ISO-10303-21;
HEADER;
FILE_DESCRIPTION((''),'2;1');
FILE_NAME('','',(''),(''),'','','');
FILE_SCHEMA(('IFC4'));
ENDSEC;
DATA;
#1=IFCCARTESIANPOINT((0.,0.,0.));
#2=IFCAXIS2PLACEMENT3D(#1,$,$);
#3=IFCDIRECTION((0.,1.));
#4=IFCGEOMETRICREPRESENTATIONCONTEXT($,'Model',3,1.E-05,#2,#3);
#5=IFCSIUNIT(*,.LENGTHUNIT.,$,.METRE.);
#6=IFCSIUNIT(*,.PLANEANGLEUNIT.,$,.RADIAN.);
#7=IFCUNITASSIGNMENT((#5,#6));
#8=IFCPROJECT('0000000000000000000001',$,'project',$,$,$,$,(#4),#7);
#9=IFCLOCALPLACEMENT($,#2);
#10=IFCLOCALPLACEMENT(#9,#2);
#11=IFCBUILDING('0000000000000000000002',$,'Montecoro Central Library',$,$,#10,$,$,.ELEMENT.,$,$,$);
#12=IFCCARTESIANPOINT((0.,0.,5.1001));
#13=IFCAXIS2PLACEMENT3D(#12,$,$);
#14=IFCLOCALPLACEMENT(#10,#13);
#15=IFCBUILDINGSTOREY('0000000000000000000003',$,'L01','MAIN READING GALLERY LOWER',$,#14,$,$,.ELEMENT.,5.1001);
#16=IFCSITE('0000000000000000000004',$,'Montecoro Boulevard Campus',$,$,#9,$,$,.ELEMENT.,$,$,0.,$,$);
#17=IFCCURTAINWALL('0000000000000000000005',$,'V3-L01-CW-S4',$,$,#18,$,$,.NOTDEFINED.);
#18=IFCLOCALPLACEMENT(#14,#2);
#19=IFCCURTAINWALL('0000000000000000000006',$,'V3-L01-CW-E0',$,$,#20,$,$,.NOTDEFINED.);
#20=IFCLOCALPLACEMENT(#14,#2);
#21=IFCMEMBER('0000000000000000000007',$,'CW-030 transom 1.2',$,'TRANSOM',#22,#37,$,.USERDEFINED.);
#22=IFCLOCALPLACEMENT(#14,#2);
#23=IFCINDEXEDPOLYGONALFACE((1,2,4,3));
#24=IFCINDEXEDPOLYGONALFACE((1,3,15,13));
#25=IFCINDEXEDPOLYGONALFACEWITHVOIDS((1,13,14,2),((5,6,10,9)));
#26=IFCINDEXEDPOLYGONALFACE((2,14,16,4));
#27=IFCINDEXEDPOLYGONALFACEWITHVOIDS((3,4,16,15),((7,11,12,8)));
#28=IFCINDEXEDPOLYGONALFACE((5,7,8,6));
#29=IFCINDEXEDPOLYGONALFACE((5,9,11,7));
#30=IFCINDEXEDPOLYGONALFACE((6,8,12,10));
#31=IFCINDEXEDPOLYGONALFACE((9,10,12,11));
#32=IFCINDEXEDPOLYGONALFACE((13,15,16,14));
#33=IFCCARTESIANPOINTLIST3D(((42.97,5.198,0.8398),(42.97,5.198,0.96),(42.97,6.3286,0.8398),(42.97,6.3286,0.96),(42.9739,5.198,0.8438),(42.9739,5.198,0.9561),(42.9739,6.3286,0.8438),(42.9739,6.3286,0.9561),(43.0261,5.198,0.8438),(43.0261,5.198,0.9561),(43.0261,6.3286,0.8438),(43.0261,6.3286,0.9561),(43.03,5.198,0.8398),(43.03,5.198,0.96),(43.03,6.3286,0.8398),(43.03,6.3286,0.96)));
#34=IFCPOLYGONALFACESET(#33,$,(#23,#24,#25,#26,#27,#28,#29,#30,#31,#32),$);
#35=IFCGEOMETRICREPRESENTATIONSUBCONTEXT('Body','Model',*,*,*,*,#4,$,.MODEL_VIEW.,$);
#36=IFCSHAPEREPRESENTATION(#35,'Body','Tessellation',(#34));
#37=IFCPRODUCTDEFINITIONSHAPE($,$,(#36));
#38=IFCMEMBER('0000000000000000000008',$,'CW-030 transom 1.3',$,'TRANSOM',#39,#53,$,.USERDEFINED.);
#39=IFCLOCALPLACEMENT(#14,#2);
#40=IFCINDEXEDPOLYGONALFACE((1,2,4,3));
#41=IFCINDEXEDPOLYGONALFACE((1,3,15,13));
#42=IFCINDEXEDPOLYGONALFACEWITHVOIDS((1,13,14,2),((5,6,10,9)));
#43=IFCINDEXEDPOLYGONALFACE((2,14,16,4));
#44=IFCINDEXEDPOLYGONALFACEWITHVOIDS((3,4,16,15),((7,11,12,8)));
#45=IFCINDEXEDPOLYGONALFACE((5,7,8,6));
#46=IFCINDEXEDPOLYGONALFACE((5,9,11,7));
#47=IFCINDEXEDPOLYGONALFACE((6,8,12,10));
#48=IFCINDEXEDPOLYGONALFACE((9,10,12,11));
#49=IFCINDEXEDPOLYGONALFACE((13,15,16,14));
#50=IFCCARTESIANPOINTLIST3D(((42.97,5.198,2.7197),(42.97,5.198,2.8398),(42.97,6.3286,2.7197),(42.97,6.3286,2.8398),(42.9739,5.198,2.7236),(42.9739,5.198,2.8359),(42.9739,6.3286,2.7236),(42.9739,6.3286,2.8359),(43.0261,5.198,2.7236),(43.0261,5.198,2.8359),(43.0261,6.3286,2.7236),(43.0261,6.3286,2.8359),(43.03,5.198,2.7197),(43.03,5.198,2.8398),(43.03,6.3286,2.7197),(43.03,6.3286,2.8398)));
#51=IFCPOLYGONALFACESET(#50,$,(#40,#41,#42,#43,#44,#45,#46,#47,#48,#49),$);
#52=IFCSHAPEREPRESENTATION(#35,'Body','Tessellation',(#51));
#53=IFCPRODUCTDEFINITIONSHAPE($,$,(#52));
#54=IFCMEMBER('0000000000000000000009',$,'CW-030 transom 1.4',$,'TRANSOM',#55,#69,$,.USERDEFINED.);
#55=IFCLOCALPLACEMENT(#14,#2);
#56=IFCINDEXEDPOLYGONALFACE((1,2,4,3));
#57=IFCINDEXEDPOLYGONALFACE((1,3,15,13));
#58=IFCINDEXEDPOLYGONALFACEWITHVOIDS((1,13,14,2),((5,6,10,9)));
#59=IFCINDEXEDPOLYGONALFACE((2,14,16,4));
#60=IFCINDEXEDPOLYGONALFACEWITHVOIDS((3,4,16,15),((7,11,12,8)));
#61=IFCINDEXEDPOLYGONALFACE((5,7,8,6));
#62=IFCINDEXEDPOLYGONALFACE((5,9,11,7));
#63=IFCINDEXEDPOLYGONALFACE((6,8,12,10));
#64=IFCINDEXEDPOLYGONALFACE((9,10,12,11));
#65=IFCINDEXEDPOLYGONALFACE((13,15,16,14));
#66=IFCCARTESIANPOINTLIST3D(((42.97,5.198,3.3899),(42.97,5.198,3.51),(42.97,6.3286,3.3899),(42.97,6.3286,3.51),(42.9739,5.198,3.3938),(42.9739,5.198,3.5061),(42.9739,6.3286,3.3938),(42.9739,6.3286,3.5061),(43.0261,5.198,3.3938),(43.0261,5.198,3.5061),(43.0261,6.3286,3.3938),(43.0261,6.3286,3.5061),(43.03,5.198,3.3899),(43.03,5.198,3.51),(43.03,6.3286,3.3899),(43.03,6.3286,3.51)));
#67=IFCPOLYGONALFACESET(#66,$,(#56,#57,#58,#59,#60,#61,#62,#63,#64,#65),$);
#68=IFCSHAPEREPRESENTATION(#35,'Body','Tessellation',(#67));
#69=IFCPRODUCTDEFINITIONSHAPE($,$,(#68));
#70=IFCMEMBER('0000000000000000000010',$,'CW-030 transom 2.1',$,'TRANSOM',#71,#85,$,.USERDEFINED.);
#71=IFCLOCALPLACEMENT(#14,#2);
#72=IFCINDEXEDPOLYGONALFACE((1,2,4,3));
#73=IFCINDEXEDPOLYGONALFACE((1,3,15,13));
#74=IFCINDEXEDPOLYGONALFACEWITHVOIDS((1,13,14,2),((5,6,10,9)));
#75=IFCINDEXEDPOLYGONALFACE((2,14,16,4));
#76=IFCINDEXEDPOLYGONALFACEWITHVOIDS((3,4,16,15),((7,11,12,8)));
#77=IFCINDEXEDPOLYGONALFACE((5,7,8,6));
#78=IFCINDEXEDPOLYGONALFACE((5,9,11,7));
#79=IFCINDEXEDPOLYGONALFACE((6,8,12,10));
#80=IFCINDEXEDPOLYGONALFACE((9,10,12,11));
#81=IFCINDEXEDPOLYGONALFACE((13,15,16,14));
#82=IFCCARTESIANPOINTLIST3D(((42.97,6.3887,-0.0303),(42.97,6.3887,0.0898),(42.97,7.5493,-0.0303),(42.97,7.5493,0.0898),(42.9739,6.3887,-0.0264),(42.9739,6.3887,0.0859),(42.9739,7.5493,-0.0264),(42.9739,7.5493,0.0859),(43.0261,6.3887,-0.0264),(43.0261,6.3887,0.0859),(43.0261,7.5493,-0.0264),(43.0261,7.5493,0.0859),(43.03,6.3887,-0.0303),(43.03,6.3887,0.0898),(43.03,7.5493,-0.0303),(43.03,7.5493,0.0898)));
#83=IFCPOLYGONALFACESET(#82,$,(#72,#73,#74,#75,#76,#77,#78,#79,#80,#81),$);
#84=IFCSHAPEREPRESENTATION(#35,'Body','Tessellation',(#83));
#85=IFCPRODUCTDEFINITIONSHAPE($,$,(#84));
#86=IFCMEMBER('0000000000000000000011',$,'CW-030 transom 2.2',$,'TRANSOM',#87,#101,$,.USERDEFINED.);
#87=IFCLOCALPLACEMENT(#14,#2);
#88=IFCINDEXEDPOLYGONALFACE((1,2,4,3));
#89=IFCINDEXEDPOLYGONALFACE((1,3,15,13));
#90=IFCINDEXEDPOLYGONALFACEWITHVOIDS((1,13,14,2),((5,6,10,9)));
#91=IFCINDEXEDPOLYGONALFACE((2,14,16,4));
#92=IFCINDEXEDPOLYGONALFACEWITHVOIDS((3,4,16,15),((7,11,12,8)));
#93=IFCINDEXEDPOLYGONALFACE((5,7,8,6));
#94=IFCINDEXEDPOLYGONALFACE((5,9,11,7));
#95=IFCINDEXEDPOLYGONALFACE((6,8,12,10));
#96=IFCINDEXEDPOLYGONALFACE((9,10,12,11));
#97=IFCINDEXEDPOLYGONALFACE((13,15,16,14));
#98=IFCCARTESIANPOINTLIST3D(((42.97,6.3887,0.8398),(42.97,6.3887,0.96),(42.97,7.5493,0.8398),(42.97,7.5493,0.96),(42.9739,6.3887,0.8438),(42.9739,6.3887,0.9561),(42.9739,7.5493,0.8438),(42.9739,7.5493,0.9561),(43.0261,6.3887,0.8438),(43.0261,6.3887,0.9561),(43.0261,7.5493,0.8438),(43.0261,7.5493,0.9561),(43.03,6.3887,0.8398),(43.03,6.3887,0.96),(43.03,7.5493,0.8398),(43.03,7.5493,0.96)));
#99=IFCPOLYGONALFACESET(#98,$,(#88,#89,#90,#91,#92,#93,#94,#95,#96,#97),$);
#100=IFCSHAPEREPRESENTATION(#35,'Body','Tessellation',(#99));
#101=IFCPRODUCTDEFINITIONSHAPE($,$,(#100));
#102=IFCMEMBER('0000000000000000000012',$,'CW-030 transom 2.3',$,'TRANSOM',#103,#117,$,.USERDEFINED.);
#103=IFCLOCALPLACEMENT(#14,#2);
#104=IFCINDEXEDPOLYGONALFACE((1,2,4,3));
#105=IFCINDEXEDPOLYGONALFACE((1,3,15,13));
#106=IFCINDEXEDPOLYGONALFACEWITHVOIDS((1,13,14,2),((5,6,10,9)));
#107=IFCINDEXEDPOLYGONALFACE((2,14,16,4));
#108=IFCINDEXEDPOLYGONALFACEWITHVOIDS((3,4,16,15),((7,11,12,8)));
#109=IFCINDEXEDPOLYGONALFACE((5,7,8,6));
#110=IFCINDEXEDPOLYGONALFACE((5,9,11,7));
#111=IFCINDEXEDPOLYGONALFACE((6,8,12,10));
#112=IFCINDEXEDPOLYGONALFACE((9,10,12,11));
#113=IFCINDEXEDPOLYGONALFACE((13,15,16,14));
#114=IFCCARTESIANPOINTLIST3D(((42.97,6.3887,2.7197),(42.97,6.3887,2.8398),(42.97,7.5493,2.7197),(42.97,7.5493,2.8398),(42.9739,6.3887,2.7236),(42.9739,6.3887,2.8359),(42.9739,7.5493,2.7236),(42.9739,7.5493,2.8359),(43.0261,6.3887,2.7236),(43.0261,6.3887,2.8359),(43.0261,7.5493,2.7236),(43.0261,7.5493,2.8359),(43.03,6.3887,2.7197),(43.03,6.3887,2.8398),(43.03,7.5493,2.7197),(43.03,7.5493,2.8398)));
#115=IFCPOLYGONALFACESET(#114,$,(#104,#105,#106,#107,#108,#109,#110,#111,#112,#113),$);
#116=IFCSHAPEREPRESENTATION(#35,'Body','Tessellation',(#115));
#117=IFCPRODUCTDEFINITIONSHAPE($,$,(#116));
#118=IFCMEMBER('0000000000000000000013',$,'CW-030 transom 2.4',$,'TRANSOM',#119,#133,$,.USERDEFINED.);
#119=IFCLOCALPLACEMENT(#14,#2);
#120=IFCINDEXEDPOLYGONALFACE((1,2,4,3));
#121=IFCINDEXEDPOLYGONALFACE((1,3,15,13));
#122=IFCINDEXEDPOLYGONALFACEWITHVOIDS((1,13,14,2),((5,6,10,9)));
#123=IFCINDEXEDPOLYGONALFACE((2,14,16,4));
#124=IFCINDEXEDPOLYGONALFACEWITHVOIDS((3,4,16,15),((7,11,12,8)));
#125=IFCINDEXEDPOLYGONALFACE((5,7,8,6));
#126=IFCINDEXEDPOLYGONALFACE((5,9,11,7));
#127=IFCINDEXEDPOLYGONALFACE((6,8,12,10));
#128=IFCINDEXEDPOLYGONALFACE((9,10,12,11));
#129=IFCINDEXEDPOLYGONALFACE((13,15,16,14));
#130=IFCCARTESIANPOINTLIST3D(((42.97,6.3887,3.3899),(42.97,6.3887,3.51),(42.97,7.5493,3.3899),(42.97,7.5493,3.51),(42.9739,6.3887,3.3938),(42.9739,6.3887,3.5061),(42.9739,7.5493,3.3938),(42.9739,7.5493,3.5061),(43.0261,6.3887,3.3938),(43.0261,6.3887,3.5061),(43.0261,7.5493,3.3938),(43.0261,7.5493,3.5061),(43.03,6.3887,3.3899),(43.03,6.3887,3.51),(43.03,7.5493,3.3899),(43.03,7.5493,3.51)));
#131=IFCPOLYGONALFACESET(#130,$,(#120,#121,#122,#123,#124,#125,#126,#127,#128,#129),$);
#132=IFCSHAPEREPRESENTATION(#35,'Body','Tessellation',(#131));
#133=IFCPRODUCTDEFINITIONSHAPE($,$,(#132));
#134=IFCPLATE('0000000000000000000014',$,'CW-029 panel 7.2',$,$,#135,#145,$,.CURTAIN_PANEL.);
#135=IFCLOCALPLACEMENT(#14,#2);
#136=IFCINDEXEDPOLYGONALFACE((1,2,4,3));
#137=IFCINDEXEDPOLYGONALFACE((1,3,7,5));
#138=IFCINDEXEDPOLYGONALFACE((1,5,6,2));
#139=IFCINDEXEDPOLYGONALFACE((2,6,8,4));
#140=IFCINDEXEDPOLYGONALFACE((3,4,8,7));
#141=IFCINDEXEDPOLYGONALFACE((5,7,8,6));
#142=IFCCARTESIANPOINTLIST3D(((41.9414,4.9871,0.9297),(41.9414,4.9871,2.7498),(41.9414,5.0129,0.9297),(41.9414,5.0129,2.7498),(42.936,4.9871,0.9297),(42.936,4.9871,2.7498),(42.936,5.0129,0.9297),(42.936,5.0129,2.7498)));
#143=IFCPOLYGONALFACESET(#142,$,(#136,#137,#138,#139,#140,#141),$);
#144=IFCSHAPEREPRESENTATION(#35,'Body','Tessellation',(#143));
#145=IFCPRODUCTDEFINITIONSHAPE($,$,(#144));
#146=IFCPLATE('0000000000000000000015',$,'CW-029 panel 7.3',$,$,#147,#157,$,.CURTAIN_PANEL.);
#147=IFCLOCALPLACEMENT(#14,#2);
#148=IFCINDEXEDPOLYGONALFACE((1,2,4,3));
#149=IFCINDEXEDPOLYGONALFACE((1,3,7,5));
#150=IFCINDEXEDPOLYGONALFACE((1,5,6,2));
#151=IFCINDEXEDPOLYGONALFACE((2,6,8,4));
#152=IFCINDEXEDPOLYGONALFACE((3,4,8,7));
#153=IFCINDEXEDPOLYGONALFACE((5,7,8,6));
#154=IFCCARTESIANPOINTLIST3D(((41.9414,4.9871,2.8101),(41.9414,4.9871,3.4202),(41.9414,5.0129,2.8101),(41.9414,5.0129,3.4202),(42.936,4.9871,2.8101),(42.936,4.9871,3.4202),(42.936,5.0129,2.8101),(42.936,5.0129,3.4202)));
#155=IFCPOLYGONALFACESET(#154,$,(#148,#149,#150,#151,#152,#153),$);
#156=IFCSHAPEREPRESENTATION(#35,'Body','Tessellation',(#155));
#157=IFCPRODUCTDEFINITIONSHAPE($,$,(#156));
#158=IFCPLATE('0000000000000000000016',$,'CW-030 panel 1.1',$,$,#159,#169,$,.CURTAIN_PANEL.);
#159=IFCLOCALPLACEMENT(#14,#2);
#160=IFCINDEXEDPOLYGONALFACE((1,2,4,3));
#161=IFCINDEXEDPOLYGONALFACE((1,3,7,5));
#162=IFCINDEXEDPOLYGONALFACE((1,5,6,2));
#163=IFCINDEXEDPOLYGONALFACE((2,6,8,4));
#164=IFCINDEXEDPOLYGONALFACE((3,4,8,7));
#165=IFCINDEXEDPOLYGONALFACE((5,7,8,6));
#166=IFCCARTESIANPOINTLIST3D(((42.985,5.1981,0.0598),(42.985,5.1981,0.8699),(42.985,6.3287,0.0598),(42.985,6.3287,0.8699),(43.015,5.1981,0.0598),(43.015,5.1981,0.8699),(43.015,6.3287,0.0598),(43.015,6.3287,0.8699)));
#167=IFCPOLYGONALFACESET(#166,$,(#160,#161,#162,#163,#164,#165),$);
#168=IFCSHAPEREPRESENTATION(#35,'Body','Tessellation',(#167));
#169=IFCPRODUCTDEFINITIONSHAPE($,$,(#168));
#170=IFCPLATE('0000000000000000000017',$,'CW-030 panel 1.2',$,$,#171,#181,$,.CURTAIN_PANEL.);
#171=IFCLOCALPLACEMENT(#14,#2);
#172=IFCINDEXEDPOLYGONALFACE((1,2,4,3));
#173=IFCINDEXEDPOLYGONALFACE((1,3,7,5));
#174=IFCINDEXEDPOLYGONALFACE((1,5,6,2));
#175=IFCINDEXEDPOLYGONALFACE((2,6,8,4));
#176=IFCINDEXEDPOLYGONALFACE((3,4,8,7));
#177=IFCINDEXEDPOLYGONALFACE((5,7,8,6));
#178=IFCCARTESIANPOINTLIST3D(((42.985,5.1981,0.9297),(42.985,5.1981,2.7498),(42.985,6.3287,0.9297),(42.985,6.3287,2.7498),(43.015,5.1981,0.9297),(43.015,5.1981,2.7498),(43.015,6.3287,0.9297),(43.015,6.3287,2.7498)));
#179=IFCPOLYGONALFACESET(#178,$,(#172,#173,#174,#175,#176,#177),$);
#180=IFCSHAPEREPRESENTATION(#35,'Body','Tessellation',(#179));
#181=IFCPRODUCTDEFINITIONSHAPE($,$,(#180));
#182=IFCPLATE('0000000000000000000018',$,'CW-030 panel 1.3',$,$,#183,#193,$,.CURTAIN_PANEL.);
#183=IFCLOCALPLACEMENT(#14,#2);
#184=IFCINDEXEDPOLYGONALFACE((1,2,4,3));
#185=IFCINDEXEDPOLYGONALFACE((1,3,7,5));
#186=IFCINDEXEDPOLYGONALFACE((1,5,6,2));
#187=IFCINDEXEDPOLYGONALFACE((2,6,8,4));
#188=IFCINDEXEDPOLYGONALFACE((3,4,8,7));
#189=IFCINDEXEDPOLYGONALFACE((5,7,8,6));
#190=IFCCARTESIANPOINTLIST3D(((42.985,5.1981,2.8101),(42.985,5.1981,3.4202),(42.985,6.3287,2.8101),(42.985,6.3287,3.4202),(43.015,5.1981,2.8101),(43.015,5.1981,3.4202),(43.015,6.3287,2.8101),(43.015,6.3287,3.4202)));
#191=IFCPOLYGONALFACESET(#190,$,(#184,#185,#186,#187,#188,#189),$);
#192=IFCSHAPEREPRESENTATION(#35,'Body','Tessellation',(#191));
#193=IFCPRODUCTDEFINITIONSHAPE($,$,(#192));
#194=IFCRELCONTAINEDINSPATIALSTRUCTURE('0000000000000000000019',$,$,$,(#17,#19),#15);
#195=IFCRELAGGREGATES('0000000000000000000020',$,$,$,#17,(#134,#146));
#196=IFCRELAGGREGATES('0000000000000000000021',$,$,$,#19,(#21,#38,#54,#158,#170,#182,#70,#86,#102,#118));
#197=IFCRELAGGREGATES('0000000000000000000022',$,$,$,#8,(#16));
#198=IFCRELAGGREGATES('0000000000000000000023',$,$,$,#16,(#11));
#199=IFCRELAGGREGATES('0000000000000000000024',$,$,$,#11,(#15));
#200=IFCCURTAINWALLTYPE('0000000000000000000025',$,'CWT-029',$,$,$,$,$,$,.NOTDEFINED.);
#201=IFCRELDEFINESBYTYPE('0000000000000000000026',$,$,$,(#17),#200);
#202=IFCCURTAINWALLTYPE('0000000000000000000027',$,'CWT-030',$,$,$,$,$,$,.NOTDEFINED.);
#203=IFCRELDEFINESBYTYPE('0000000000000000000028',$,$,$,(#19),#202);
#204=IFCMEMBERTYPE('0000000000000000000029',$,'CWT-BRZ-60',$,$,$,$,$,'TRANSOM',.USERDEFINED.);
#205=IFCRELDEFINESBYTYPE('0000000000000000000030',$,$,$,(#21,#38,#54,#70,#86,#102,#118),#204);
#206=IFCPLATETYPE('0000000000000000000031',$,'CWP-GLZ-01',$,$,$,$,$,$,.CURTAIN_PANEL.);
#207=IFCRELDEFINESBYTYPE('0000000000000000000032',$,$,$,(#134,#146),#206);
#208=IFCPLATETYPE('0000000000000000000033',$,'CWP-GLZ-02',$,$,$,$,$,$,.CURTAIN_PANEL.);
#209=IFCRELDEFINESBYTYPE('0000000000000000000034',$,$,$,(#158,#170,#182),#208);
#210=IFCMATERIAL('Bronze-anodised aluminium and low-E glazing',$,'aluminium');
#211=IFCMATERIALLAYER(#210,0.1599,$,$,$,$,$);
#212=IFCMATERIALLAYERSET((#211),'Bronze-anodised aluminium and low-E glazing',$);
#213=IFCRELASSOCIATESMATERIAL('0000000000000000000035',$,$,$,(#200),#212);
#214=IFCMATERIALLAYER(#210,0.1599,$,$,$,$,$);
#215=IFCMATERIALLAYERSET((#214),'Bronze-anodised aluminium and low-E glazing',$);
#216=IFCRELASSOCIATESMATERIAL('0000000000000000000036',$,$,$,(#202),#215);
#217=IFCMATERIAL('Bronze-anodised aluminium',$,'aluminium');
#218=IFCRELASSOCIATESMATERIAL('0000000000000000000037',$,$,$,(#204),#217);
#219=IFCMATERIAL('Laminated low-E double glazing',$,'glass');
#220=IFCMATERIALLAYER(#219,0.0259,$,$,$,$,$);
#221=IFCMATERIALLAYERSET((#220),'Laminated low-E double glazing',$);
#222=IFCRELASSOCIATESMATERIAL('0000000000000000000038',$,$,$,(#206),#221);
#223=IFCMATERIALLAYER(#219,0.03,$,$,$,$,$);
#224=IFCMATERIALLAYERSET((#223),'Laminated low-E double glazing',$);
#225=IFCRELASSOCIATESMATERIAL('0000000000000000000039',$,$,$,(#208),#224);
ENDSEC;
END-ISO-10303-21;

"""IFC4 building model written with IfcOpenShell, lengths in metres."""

from ifc_helpers import new_model, si_unit, direction, frame, origin, origin_2d, place, context, subcontext, project, spatial, rectangle, hollow_rectangle, extrude, material, layer, layer_set, material_profile, profile_set, type_object, element, aggregate, save


model = new_model("IFC4")

# Units and contexts
model_context = context("Model", 3, precision=1e-05, world=origin(), true_north=direction((0.0, 1.0)))
body_context = subcontext(model_context, "Body", "Model", "MODEL_VIEW")
ifc_project = project(units=[si_unit("LENGTHUNIT", "METRE"), si_unit("PLANEANGLEUNIT", "RADIAN")], contexts=[model_context])

# Site, building, storey
site_placement = place(None, origin())
site = spatial("IfcSite", under=ifc_project, at=site_placement, Name="Montecoro Boulevard Campus", CompositionType="ELEMENT", RefElevation=0.0)
building_placement = place(site_placement, origin())
building = spatial("IfcBuilding", under=site, at=building_placement, Name="Montecoro Central Library", CompositionType="ELEMENT")
storey_placement = place(building_placement, frame((0.0, 0.0, 5.1001)))
storey = spatial("IfcBuildingStorey", under=building, at=storey_placement, Name="L01", Description="MAIN READING GALLERY LOWER", CompositionType="ELEMENT", Elevation=5.1001)

# Curtain wall
ifc_material_1 = material(Name="Bronze-anodised aluminium and low-E glazing", Category="aluminium")
ifc_layer_1 = layer(ifc_material_1, 0.1599)
ifc_layer_set_1 = layer_set([ifc_layer_1], Name="Bronze-anodised aluminium and low-E glazing")
curtain_wall_type_1 = type_object("IfcCurtainWallType", Name="CWT-029", PredefinedType="NOTDEFINED", material=ifc_layer_set_1)
curtain_wall_1_placement = place(storey_placement, origin())
curtain_wall_1 = element("IfcCurtainWall", 1, at=curtain_wall_1_placement, inside=storey, type_object=curtain_wall_type_1, Name="V3-L01-CW-S4", PredefinedType="NOTDEFINED")
ifc_material_2 = material(Name="Bronze-anodised aluminium", Category="aluminium")

# Curtain wall, members
ifc_layer_2 = layer(ifc_material_1, 0.1599)
ifc_layer_set_2 = layer_set([ifc_layer_2], Name="Bronze-anodised aluminium and low-E glazing")
curtain_wall_type_2 = type_object("IfcCurtainWallType", Name="CWT-030", PredefinedType="NOTDEFINED", material=ifc_layer_set_2)
curtain_wall_2_placement = place(storey_placement, origin())
curtain_wall_2 = element("IfcCurtainWall", 2, at=curtain_wall_2_placement, inside=storey, type_object=curtain_wall_type_2, Name="V3-L01-CW-E0", PredefinedType="NOTDEFINED")
ifc_material_profile_1 = material_profile(ifc_material_2, hollow_rectangle(XDim=0.0601, YDim=0.1201, WallThickness=0.0039, at=origin_2d()), Name="CWT 120x60x4.0")
ifc_profile_set_1 = profile_set([ifc_material_profile_1], Name="Bronze-anodised aluminium")
member_type_1 = type_object("IfcMemberType", Name="CWT-BRZ-60", ElementType="TRANSOM", PredefinedType="USERDEFINED", material=ifc_profile_set_1)
member_1_placement = place(storey_placement, frame((43.0, 5.198, 0.8999), z_axis=(0.0, 1.0, 0.0), x_axis=(-1.0, 0.0, 0.0)))
member_1 = element("IfcMember", 3, at=member_1_placement, type_object=member_type_1, Name="CW-030 transom 1.2", ObjectType="TRANSOM", PredefinedType="USERDEFINED", context=body_context, shape_type="SweptSolid", body=[
    extrude(hollow_rectangle(XDim=0.0601, YDim=0.1201, WallThickness=0.0039, at=origin_2d()), origin(), (0.0, 0.0, 1.0), 1.1306),
])
member_2_placement = place(storey_placement, frame((43.0, 5.198, 2.7798), z_axis=(0.0, 1.0, 0.0), x_axis=(-1.0, 0.0, 0.0)))
member_2 = element("IfcMember", 4, at=member_2_placement, type_object=member_type_1, Name="CW-030 transom 1.3", ObjectType="TRANSOM", PredefinedType="USERDEFINED", context=body_context, shape_type="SweptSolid", body=[
    extrude(hollow_rectangle(XDim=0.0601, YDim=0.1201, WallThickness=0.0039, at=origin_2d()), origin(), (0.0, 0.0, 1.0), 1.1306),
])
member_3_placement = place(storey_placement, frame((43.0, 5.198, 3.45), z_axis=(0.0, 1.0, 0.0), x_axis=(-1.0, 0.0, 0.0)))
member_3 = element("IfcMember", 5, at=member_3_placement, type_object=member_type_1, Name="CW-030 transom 1.4", ObjectType="TRANSOM", PredefinedType="USERDEFINED", context=body_context, shape_type="SweptSolid", body=[
    extrude(hollow_rectangle(XDim=0.0601, YDim=0.1201, WallThickness=0.0039, at=origin_2d()), origin(), (0.0, 0.0, 1.0), 1.1306),
])
member_4_placement = place(storey_placement, frame((43.0, 6.3887, 0.0298), z_axis=(0.0, 1.0, 0.0), x_axis=(-1.0, 0.0, 0.0)))
member_4 = element("IfcMember", 6, at=member_4_placement, type_object=member_type_1, Name="CW-030 transom 2.1", ObjectType="TRANSOM", PredefinedType="USERDEFINED", context=body_context, shape_type="SweptSolid", body=[
    extrude(hollow_rectangle(XDim=0.0601, YDim=0.1201, WallThickness=0.0039, at=origin_2d()), origin(), (0.0, 0.0, 1.0), 1.1606),
])
member_5_placement = place(storey_placement, frame((43.0, 6.3887, 0.8999), z_axis=(0.0, 1.0, 0.0), x_axis=(-1.0, 0.0, 0.0)))
member_5 = element("IfcMember", 7, at=member_5_placement, type_object=member_type_1, Name="CW-030 transom 2.2", ObjectType="TRANSOM", PredefinedType="USERDEFINED", context=body_context, shape_type="SweptSolid", body=[
    extrude(hollow_rectangle(XDim=0.0601, YDim=0.1201, WallThickness=0.0039, at=origin_2d()), origin(), (0.0, 0.0, 1.0), 1.1606),
])
member_6_placement = place(storey_placement, frame((43.0, 6.3887, 2.7798), z_axis=(0.0, 1.0, 0.0), x_axis=(-1.0, 0.0, 0.0)))
member_6 = element("IfcMember", 8, at=member_6_placement, type_object=member_type_1, Name="CW-030 transom 2.3", ObjectType="TRANSOM", PredefinedType="USERDEFINED", context=body_context, shape_type="SweptSolid", body=[
    extrude(hollow_rectangle(XDim=0.0601, YDim=0.1201, WallThickness=0.0039, at=origin_2d()), origin(), (0.0, 0.0, 1.0), 1.1606),
])
member_7_placement = place(storey_placement, frame((43.0, 6.3887, 3.45), z_axis=(0.0, 1.0, 0.0), x_axis=(-1.0, 0.0, 0.0)))
member_7 = element("IfcMember", 9, at=member_7_placement, type_object=member_type_1, Name="CW-030 transom 2.4", ObjectType="TRANSOM", PredefinedType="USERDEFINED", context=body_context, shape_type="SweptSolid", body=[
    extrude(hollow_rectangle(XDim=0.0601, YDim=0.1201, WallThickness=0.0039, at=origin_2d()), origin(), (0.0, 0.0, 1.0), 1.1606),
])

# Plates
ifc_material_3 = material(Name="Laminated low-E double glazing", Category="glass")
ifc_layer_3 = layer(ifc_material_3, 0.0259)
ifc_layer_set_3 = layer_set([ifc_layer_3], Name="Laminated low-E double glazing")
plate_type_1 = type_object("IfcPlateType", Name="CWP-GLZ-01", PredefinedType="CURTAIN_PANEL", material=ifc_layer_set_3)
plate_1_placement = place(storey_placement, frame((42.4387, 5.0, 0.9297), z_axis=(0.0, 0.0, 1.0), x_axis=(1.0, 0.0, 0.0)))
plate_1 = element("IfcPlate", 10, at=plate_1_placement, type_object=plate_type_1, Name="CW-029 panel 7.2", PredefinedType="CURTAIN_PANEL", context=body_context, shape_type="SweptSolid", body=[
    extrude(rectangle(XDim=0.9946, YDim=0.0259, at=origin_2d()), origin(), (0.0, 0.0, 1.0), 1.8201),
])
plate_2_placement = place(storey_placement, frame((42.4387, 5.0, 2.8101), z_axis=(0.0, 0.0, 1.0), x_axis=(1.0, 0.0, 0.0)))
plate_2 = element("IfcPlate", 11, at=plate_2_placement, type_object=plate_type_1, Name="CW-029 panel 7.3", PredefinedType="CURTAIN_PANEL", context=body_context, shape_type="SweptSolid", body=[
    extrude(rectangle(XDim=0.9946, YDim=0.0259, at=origin_2d()), origin(), (0.0, 0.0, 1.0), 0.6101),
])
aggregate(curtain_wall_1, [plate_1, plate_2])
ifc_layer_4 = layer(ifc_material_3, 0.03)
ifc_layer_set_4 = layer_set([ifc_layer_4], Name="Laminated low-E double glazing")
plate_type_2 = type_object("IfcPlateType", Name="CWP-GLZ-02", PredefinedType="CURTAIN_PANEL", material=ifc_layer_set_4)
plate_3_placement = place(storey_placement, frame((43.0, 5.7634, 0.0598), z_axis=(0.0, 0.0, 1.0), x_axis=(0.0, 1.0, 0.0)))
plate_3 = element("IfcPlate", 12, at=plate_3_placement, type_object=plate_type_2, Name="CW-030 panel 1.1", PredefinedType="CURTAIN_PANEL", context=body_context, shape_type="SweptSolid", body=[
    extrude(rectangle(XDim=1.1306, YDim=0.03, at=origin_2d()), origin(), (0.0, 0.0, 1.0), 0.8101),
])
plate_4_placement = place(storey_placement, frame((43.0, 5.7634, 0.9297), z_axis=(0.0, 0.0, 1.0), x_axis=(0.0, 1.0, 0.0)))
plate_4 = element("IfcPlate", 13, at=plate_4_placement, type_object=plate_type_2, Name="CW-030 panel 1.2", PredefinedType="CURTAIN_PANEL", context=body_context, shape_type="SweptSolid", body=[
    extrude(rectangle(XDim=1.1306, YDim=0.03, at=origin_2d()), origin(), (0.0, 0.0, 1.0), 1.8201),
])
plate_5_placement = place(storey_placement, frame((43.0, 5.7634, 2.8101), z_axis=(0.0, 0.0, 1.0), x_axis=(0.0, 1.0, 0.0)))
plate_5 = element("IfcPlate", 14, at=plate_5_placement, type_object=plate_type_2, Name="CW-030 panel 1.3", PredefinedType="CURTAIN_PANEL", context=body_context, shape_type="SweptSolid", body=[
    extrude(rectangle(XDim=1.1306, YDim=0.03, at=origin_2d()), origin(), (0.0, 0.0, 1.0), 0.6101),
])
aggregate(curtain_wall_2, [member_1, member_2, member_3, plate_3, plate_4, plate_5, member_4, member_5, member_6, member_7])

save(model, "model.ifc")
